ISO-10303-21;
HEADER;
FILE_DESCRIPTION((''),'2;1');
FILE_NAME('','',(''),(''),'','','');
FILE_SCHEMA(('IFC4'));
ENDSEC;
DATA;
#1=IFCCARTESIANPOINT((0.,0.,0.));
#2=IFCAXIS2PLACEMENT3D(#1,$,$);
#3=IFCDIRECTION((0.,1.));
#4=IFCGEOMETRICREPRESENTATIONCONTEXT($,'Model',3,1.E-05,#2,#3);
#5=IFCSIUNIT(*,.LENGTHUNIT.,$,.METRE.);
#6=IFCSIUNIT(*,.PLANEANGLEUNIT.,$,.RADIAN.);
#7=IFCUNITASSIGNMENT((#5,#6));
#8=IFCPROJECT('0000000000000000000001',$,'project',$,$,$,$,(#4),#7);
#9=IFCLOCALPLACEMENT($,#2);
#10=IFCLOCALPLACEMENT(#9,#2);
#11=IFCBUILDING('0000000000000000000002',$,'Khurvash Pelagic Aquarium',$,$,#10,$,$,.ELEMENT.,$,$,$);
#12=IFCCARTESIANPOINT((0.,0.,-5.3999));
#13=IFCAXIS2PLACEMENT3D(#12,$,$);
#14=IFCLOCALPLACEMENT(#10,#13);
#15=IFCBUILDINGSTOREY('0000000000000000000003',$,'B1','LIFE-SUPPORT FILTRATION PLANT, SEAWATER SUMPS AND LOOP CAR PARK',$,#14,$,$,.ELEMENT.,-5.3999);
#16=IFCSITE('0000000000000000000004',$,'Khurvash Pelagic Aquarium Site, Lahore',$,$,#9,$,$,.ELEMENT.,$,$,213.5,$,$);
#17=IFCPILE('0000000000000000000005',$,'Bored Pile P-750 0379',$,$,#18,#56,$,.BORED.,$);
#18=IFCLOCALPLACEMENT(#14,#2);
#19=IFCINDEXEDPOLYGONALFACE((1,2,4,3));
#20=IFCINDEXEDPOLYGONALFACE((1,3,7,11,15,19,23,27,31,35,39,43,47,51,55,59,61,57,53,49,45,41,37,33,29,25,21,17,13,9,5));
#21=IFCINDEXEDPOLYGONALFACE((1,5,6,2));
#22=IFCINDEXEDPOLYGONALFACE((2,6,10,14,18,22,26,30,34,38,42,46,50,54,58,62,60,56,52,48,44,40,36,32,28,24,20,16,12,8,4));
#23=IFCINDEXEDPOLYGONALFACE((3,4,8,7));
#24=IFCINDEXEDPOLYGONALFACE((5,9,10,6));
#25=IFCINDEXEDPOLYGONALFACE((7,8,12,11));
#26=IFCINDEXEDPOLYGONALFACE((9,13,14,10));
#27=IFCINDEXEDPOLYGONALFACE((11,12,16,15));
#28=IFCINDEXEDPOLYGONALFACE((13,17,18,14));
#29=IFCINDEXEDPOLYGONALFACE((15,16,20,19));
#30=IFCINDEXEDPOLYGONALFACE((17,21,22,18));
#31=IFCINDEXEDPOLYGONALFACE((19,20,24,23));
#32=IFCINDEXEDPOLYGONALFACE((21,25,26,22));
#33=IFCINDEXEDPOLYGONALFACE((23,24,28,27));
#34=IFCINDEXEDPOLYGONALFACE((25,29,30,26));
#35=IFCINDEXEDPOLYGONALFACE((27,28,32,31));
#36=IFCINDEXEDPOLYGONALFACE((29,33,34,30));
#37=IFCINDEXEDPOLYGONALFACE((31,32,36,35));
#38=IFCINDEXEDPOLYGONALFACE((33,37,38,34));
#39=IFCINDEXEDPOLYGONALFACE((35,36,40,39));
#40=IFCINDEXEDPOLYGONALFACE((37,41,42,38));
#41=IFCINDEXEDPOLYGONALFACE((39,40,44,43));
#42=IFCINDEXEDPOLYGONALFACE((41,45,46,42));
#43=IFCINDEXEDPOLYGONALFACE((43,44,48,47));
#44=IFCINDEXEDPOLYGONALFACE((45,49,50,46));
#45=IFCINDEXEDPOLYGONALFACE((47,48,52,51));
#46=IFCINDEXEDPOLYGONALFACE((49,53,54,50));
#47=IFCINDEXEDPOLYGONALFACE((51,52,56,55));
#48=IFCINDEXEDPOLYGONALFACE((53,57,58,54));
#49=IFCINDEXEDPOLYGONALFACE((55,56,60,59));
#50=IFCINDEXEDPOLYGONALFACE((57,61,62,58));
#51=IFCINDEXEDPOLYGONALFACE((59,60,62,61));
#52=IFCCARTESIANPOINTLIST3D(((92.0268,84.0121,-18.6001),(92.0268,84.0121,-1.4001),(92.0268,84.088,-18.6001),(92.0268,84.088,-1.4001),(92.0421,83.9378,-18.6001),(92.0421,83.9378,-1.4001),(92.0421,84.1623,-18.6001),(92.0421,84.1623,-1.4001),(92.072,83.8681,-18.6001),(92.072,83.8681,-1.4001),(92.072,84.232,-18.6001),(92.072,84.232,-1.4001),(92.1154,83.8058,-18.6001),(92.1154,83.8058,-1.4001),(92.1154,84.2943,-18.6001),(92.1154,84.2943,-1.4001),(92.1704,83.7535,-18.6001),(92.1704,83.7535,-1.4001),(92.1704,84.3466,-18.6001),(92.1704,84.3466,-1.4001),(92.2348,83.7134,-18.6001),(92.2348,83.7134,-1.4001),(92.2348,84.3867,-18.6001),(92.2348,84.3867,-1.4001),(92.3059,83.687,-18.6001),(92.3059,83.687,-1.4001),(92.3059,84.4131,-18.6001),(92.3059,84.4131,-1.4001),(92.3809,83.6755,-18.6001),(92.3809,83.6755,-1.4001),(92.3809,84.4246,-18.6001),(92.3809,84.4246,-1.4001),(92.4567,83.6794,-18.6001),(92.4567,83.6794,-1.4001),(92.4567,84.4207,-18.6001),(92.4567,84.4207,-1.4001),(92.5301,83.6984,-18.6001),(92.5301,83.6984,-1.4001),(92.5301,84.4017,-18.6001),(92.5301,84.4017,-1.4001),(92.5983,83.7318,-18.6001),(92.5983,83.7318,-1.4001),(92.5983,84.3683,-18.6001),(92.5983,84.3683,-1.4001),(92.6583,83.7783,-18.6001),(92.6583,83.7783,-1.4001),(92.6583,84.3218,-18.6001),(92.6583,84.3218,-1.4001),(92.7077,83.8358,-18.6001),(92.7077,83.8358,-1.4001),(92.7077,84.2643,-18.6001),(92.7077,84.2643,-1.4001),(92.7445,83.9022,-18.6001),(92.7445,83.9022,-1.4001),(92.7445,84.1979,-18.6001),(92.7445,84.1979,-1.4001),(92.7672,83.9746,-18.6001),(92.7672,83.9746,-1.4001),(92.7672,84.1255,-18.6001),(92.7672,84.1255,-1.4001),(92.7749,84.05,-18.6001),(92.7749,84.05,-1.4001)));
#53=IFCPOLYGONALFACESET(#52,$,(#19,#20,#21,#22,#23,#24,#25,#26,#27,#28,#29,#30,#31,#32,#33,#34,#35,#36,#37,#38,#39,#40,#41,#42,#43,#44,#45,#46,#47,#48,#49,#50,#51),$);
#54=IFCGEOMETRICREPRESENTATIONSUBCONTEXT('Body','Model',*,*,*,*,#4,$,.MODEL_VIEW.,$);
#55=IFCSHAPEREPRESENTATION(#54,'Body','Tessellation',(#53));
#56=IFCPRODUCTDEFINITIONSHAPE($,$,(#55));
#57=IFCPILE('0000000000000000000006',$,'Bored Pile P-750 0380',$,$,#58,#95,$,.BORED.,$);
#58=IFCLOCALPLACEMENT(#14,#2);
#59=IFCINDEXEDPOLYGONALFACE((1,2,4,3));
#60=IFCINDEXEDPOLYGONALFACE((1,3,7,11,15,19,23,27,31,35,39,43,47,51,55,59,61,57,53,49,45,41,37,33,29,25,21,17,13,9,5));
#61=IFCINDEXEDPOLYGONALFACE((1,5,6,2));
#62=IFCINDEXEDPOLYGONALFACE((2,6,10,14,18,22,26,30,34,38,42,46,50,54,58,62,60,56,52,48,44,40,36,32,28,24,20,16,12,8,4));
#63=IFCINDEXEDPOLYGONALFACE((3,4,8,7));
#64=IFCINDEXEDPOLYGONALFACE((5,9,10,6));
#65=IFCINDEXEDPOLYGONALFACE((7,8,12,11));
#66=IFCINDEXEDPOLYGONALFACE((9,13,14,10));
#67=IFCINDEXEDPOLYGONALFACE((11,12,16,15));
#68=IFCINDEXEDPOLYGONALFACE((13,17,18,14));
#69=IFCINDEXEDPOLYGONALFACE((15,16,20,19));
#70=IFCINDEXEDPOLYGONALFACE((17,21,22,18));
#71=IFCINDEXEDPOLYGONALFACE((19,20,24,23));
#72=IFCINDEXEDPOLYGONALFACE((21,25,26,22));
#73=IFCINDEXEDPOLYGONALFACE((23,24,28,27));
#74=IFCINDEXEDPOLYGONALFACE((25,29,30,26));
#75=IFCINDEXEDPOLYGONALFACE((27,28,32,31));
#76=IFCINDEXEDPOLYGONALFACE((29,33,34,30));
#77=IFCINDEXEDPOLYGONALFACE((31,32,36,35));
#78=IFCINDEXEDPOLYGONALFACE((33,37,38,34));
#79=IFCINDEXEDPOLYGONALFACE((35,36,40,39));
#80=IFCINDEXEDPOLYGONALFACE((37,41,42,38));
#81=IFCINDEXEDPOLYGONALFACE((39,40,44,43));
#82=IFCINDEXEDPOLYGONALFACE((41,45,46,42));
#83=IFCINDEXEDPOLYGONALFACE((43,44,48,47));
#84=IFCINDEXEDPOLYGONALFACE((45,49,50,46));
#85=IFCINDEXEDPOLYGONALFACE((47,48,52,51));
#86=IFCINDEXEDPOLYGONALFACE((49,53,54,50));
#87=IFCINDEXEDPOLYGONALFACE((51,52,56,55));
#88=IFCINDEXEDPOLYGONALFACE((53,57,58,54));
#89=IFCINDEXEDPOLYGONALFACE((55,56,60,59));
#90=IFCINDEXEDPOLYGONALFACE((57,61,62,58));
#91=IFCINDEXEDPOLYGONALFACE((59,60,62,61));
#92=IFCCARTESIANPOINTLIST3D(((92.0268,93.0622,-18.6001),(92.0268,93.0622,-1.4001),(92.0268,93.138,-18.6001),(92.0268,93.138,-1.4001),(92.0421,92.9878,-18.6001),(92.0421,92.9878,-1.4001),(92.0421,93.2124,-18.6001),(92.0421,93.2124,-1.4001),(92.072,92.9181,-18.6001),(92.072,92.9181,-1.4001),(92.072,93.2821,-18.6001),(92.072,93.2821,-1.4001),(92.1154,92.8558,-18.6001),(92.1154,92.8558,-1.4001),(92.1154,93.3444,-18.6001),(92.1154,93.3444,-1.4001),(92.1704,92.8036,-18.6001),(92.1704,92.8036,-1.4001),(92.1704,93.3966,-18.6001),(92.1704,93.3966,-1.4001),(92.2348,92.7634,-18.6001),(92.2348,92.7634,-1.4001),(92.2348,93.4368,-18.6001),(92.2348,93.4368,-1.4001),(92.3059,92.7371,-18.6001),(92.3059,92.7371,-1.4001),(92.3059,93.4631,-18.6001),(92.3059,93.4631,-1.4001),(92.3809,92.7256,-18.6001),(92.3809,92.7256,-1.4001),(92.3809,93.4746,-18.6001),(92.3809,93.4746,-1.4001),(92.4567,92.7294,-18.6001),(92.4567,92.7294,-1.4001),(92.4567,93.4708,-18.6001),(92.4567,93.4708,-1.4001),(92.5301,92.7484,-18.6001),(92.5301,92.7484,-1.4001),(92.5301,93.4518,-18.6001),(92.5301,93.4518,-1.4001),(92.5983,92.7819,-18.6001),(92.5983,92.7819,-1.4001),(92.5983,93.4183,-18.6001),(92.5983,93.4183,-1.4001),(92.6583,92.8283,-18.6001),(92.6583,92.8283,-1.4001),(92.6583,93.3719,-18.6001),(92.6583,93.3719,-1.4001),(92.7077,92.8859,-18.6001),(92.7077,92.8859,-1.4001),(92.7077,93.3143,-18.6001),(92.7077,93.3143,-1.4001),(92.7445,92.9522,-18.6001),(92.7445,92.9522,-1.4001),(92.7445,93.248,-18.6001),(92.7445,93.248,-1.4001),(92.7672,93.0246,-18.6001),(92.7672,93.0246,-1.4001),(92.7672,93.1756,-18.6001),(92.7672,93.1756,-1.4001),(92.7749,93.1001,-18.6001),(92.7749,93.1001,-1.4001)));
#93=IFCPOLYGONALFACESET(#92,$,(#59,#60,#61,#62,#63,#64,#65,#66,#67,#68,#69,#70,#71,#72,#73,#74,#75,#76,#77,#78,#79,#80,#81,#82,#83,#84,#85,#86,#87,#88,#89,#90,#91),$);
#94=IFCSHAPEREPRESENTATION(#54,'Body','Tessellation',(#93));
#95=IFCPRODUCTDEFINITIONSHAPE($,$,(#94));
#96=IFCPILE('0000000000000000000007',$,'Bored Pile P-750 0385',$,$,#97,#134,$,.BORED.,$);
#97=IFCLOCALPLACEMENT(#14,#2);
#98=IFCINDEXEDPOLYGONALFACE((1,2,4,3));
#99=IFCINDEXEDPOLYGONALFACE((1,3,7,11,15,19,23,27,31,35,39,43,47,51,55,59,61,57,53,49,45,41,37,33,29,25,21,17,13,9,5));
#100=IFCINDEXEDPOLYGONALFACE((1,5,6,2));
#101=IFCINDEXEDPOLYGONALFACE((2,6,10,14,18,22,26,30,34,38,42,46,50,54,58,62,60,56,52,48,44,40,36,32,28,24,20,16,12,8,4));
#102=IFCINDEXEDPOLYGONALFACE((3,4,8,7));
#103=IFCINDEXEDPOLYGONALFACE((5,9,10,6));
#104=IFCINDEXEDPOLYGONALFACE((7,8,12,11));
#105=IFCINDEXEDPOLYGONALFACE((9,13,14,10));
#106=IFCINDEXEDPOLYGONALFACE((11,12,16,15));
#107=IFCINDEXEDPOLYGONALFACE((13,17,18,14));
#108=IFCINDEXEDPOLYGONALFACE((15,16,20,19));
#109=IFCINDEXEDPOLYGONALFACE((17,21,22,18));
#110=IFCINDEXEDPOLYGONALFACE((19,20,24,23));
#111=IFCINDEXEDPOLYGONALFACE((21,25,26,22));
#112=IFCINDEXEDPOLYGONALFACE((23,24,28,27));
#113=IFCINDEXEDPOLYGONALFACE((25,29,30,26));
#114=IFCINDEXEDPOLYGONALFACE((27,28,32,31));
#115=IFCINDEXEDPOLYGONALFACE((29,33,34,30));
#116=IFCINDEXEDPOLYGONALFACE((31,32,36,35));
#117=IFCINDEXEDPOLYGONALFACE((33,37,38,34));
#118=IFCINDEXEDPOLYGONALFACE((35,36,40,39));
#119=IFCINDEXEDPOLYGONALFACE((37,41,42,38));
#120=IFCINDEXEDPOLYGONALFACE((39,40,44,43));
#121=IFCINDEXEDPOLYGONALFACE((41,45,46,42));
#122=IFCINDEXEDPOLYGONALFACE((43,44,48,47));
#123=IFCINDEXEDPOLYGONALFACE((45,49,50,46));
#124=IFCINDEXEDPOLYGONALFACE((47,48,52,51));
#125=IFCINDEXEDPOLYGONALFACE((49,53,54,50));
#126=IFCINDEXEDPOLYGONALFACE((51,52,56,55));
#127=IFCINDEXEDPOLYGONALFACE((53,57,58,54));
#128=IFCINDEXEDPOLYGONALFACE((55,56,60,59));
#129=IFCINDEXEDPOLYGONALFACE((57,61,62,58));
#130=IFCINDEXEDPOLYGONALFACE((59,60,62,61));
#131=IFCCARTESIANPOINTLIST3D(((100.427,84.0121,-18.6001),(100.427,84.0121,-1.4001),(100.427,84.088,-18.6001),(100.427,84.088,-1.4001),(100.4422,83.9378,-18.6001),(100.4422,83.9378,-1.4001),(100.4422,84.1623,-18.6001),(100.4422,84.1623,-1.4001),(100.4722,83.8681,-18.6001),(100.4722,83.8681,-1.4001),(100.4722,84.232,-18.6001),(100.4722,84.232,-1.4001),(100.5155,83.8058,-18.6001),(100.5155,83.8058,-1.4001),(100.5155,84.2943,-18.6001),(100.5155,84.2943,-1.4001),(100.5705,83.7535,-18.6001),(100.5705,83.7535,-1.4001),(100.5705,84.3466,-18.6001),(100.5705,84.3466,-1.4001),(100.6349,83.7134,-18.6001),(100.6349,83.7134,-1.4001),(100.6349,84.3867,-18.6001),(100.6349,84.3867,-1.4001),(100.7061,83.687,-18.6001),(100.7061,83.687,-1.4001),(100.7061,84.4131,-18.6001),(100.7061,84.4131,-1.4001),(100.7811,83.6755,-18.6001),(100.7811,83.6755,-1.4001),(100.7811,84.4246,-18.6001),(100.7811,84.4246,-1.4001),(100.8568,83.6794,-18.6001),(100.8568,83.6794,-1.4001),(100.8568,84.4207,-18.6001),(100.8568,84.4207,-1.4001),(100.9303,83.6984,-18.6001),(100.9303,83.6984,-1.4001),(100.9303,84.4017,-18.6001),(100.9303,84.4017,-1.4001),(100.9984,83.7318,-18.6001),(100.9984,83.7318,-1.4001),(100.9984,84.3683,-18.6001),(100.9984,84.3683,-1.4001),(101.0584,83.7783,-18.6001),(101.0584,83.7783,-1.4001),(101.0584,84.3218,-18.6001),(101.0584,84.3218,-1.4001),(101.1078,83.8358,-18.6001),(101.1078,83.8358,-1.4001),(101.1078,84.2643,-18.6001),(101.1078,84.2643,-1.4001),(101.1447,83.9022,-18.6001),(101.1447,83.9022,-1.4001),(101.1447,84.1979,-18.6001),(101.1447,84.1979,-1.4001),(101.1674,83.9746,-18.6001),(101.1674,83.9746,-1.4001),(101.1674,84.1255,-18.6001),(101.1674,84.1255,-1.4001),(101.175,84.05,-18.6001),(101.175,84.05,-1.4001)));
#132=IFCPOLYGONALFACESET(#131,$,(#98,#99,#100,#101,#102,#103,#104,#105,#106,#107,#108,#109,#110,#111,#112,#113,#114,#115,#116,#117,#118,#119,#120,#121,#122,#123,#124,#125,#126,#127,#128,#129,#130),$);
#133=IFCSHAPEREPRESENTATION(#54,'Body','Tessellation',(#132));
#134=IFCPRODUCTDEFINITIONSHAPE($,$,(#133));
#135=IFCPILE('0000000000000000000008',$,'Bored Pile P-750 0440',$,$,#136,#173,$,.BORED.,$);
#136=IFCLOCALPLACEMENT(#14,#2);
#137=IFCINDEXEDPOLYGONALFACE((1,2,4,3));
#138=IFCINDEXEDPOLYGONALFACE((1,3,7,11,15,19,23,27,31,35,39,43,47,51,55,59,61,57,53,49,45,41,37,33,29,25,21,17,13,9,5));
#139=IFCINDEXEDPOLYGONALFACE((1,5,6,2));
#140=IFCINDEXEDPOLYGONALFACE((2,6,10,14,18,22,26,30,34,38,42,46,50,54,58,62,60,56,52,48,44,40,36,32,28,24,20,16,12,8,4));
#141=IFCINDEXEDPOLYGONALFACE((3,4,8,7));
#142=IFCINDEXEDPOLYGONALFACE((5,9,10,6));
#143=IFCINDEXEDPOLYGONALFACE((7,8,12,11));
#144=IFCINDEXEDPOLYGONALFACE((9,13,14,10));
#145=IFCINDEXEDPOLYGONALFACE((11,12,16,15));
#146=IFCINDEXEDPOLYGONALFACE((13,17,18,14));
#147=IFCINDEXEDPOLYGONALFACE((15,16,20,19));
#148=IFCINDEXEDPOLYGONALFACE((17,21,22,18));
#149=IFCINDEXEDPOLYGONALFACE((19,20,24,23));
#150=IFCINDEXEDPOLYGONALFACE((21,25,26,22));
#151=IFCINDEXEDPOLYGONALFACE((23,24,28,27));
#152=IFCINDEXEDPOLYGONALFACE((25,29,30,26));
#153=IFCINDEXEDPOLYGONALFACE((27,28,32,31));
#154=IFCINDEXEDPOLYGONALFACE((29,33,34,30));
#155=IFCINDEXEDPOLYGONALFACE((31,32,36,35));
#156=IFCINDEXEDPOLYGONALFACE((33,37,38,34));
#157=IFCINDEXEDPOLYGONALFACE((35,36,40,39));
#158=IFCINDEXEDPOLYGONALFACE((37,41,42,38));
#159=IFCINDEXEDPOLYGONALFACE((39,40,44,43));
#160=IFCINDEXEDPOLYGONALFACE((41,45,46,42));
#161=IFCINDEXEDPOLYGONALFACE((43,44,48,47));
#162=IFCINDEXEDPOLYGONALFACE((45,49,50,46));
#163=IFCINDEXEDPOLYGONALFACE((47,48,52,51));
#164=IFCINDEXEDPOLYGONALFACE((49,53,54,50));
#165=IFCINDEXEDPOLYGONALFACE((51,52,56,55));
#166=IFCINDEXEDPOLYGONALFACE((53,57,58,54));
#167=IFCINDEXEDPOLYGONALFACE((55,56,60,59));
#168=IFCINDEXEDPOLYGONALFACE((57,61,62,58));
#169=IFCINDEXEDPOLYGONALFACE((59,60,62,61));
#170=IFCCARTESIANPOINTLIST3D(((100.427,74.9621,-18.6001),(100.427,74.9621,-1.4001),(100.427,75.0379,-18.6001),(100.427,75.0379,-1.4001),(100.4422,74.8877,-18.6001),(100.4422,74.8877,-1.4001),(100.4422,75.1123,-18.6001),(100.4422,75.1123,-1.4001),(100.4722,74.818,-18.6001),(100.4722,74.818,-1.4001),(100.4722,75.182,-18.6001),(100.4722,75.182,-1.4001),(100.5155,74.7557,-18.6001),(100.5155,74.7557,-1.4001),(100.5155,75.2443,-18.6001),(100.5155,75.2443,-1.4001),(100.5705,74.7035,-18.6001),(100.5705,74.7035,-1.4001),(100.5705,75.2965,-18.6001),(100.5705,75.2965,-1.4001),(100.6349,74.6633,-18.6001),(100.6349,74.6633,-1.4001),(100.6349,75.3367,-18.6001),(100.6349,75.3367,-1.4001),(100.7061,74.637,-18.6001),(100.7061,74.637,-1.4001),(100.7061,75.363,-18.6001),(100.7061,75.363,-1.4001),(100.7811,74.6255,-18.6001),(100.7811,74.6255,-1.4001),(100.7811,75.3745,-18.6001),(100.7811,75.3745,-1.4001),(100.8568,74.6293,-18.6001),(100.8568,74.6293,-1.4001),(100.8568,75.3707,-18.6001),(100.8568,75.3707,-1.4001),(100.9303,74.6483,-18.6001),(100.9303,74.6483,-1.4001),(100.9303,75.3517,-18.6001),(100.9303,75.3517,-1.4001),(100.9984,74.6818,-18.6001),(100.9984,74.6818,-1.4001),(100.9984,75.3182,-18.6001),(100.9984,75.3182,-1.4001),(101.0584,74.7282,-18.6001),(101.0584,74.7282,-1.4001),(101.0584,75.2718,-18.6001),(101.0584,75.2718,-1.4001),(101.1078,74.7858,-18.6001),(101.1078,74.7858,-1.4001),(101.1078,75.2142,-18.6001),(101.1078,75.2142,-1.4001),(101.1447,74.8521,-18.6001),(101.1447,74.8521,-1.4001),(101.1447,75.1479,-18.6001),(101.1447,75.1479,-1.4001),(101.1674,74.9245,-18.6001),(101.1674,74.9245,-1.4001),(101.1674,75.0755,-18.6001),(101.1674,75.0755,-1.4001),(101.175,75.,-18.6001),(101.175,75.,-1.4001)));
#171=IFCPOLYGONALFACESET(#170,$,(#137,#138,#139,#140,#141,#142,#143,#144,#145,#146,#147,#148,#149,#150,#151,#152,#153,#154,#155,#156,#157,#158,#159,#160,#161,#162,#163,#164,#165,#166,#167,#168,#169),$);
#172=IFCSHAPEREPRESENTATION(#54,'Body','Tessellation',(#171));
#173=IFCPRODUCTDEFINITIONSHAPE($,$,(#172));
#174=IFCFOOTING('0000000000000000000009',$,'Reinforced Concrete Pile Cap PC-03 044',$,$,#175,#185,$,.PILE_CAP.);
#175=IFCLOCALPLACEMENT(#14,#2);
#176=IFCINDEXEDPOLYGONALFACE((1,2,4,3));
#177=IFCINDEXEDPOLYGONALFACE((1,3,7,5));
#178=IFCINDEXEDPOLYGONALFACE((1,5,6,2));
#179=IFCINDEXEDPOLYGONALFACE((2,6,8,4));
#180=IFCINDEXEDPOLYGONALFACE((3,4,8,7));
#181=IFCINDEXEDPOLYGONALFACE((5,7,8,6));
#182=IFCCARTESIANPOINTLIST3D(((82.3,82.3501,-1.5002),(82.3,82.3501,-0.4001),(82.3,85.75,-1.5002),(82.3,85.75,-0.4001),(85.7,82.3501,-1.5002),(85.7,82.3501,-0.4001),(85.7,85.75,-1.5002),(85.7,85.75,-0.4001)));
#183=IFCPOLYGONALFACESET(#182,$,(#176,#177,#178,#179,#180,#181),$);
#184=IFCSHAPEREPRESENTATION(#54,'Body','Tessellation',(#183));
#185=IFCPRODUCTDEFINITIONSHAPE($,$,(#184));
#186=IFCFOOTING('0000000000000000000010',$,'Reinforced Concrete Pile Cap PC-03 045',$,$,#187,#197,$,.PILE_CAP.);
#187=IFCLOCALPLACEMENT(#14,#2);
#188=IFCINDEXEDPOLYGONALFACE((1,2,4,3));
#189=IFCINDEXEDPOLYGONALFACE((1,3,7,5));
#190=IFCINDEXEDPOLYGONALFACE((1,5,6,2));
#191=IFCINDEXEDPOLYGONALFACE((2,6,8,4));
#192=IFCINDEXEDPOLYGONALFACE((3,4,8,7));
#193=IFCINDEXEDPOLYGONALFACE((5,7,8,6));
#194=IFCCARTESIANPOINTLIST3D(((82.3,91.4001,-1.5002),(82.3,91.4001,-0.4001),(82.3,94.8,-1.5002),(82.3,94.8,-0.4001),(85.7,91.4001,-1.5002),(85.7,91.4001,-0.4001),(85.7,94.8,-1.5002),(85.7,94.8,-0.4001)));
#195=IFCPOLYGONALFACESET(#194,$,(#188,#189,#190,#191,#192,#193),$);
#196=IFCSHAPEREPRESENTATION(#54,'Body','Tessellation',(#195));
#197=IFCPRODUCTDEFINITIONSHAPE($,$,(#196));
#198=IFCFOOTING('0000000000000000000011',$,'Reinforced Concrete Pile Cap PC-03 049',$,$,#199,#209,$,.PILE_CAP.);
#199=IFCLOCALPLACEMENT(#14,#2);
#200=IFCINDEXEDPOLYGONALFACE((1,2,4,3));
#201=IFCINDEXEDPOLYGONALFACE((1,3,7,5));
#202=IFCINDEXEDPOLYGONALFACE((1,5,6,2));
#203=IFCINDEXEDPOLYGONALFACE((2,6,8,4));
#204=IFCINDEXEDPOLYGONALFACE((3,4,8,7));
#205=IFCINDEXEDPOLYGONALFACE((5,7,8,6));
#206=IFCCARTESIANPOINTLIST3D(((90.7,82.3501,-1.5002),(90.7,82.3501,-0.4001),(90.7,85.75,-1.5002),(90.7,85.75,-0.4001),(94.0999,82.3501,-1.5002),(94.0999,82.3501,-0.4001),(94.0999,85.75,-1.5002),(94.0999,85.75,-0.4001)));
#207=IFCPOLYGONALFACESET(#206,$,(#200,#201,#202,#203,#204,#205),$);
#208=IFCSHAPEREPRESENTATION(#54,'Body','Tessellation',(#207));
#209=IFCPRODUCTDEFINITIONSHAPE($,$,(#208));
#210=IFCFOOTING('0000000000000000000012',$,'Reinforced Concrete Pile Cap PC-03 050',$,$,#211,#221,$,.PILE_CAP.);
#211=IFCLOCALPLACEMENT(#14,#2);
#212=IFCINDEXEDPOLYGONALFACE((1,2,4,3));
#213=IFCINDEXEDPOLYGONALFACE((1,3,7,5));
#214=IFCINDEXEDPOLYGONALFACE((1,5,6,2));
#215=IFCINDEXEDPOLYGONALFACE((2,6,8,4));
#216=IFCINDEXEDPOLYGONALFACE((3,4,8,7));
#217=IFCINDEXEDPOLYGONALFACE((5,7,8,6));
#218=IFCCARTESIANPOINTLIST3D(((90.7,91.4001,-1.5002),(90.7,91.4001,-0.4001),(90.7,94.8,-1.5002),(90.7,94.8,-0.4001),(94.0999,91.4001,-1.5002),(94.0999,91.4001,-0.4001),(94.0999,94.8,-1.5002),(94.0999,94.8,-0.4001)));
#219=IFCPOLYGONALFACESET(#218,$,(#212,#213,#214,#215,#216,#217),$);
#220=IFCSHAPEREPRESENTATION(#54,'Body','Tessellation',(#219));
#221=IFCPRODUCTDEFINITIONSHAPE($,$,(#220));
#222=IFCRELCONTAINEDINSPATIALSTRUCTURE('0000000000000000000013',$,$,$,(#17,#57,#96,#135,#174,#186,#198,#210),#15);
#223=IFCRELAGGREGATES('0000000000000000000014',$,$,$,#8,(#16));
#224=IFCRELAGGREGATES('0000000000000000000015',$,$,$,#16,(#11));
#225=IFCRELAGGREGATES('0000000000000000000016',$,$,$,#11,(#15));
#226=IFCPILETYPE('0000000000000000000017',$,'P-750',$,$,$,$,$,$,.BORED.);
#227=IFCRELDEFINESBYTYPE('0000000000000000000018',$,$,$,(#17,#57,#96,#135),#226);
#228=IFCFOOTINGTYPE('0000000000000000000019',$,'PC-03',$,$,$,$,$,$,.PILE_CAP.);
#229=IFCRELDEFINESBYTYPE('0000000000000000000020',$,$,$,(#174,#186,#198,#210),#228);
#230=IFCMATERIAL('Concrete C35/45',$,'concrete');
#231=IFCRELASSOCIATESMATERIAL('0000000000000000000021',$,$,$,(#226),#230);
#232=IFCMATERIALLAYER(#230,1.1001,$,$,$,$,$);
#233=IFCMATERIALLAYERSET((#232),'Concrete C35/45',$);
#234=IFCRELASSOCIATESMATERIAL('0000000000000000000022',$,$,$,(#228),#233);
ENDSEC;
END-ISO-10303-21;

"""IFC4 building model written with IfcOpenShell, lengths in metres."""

from ifc_helpers import new_model, si_unit, direction, frame, origin, origin_2d, place, context, subcontext, project, spatial, rectangle, circle, extrude, material, layer, layer_set, material_profile, profile_set, type_object, element, save


model = new_model("IFC4")

# Units and contexts
model_context = context("Model", 3, precision=1e-05, world=origin(), true_north=direction((0.0, 1.0)))
body_context = subcontext(model_context, "Body", "Model", "MODEL_VIEW")
ifc_project = project(units=[si_unit("LENGTHUNIT", "METRE"), si_unit("PLANEANGLEUNIT", "RADIAN")], contexts=[model_context])

# Site, building, storey
site_placement = place(None, origin())
site = spatial("IfcSite", under=ifc_project, at=site_placement, Name="Khurvash Pelagic Aquarium Site, Lahore", CompositionType="ELEMENT", RefElevation=213.5)
building_placement = place(site_placement, origin())
building = spatial("IfcBuilding", under=site, at=building_placement, Name="Khurvash Pelagic Aquarium", CompositionType="ELEMENT")
storey_placement = place(building_placement, frame((0.0, 0.0, -5.3999)))
storey = spatial("IfcBuildingStorey", under=building, at=storey_placement, Name="B1", Description="LIFE-SUPPORT FILTRATION PLANT, SEAWATER SUMPS AND LOOP CAR PARK", CompositionType="ELEMENT", Elevation=-5.3999)

# Shared definitions
ifc_material_1 = material(Name="Concrete C35/45", Category="concrete")

# Piles
ifc_material_profile_1 = material_profile(ifc_material_1, circle(Radius=0.375, at=origin_2d()), Name="PILE750")
ifc_profile_set_1 = profile_set([ifc_material_profile_1], Name="Concrete C35/45")
pile_type = type_object("IfcPileType", Name="P-750", PredefinedType="BORED", material=ifc_profile_set_1)
for number, where, z_axis, x_axis, name in (
    (1, (92.3999, 84.05, -1.4001), (0.0, 0.0, -1.0), (1.0, 0.0, 0.0), "Bored Pile P-750 0379"),
    (2, (92.3999, 93.1001, -1.4001), (0.0, 0.0, -1.0), (1.0, 0.0, 0.0), "Bored Pile P-750 0380"),
    (3, (100.8, 84.05, -1.4001), (0.0, 0.0, -1.0), (1.0, 0.0, 0.0), "Bored Pile P-750 0385"),
    (4, (100.8, 75.0, -1.4001), (0.0, 0.0, -1.0), (1.0, 0.0, 0.0), "Bored Pile P-750 0440"),
):
    element("IfcPile", number, at=place(storey_placement, frame(where, z_axis=z_axis, x_axis=x_axis)), inside=storey, type_object=pile_type, Name=name, PredefinedType="BORED", context=body_context, shape_type="SweptSolid", body=[
        extrude(circle(Radius=0.375, at=origin_2d()), origin(), (0.0, 0.0, 1.0), 17.2),
    ])

# Footings
ifc_layer_1 = layer(ifc_material_1, 1.1001)
ifc_layer_set_1 = layer_set([ifc_layer_1], Name="Concrete C35/45")
footing_type_1 = type_object("IfcFootingType", Name="PC-03", PredefinedType="PILE_CAP", material=ifc_layer_set_1)
for number, where, z_axis, x_axis, name in (
    (5, (84.0, 84.05, -1.5002), (0.0, 0.0, 1.0), (1.0, 0.0, 0.0), "Reinforced Concrete Pile Cap PC-03 044"),
    (6, (84.0, 93.1001, -1.5002), (0.0, 0.0, 1.0), (1.0, 0.0, 0.0), "Reinforced Concrete Pile Cap PC-03 045"),
    (7, (92.3999, 84.05, -1.5002), (0.0, 0.0, 1.0), (1.0, 0.0, 0.0), "Reinforced Concrete Pile Cap PC-03 049"),
    (8, (92.3999, 93.1001, -1.5002), (0.0, 0.0, 1.0), (1.0, 0.0, 0.0), "Reinforced Concrete Pile Cap PC-03 050"),
):
    element("IfcFooting", number, at=place(storey_placement, frame(where, z_axis=z_axis, x_axis=x_axis)), inside=storey, type_object=footing_type_1, Name=name, PredefinedType="PILE_CAP", context=body_context, shape_type="SweptSolid", body=[
        extrude(rectangle(XDim=3.3999, YDim=3.3999, at=origin_2d()), origin(), (0.0, 0.0, 1.0), 1.1001),
    ])

save(model, "model.ifc")
